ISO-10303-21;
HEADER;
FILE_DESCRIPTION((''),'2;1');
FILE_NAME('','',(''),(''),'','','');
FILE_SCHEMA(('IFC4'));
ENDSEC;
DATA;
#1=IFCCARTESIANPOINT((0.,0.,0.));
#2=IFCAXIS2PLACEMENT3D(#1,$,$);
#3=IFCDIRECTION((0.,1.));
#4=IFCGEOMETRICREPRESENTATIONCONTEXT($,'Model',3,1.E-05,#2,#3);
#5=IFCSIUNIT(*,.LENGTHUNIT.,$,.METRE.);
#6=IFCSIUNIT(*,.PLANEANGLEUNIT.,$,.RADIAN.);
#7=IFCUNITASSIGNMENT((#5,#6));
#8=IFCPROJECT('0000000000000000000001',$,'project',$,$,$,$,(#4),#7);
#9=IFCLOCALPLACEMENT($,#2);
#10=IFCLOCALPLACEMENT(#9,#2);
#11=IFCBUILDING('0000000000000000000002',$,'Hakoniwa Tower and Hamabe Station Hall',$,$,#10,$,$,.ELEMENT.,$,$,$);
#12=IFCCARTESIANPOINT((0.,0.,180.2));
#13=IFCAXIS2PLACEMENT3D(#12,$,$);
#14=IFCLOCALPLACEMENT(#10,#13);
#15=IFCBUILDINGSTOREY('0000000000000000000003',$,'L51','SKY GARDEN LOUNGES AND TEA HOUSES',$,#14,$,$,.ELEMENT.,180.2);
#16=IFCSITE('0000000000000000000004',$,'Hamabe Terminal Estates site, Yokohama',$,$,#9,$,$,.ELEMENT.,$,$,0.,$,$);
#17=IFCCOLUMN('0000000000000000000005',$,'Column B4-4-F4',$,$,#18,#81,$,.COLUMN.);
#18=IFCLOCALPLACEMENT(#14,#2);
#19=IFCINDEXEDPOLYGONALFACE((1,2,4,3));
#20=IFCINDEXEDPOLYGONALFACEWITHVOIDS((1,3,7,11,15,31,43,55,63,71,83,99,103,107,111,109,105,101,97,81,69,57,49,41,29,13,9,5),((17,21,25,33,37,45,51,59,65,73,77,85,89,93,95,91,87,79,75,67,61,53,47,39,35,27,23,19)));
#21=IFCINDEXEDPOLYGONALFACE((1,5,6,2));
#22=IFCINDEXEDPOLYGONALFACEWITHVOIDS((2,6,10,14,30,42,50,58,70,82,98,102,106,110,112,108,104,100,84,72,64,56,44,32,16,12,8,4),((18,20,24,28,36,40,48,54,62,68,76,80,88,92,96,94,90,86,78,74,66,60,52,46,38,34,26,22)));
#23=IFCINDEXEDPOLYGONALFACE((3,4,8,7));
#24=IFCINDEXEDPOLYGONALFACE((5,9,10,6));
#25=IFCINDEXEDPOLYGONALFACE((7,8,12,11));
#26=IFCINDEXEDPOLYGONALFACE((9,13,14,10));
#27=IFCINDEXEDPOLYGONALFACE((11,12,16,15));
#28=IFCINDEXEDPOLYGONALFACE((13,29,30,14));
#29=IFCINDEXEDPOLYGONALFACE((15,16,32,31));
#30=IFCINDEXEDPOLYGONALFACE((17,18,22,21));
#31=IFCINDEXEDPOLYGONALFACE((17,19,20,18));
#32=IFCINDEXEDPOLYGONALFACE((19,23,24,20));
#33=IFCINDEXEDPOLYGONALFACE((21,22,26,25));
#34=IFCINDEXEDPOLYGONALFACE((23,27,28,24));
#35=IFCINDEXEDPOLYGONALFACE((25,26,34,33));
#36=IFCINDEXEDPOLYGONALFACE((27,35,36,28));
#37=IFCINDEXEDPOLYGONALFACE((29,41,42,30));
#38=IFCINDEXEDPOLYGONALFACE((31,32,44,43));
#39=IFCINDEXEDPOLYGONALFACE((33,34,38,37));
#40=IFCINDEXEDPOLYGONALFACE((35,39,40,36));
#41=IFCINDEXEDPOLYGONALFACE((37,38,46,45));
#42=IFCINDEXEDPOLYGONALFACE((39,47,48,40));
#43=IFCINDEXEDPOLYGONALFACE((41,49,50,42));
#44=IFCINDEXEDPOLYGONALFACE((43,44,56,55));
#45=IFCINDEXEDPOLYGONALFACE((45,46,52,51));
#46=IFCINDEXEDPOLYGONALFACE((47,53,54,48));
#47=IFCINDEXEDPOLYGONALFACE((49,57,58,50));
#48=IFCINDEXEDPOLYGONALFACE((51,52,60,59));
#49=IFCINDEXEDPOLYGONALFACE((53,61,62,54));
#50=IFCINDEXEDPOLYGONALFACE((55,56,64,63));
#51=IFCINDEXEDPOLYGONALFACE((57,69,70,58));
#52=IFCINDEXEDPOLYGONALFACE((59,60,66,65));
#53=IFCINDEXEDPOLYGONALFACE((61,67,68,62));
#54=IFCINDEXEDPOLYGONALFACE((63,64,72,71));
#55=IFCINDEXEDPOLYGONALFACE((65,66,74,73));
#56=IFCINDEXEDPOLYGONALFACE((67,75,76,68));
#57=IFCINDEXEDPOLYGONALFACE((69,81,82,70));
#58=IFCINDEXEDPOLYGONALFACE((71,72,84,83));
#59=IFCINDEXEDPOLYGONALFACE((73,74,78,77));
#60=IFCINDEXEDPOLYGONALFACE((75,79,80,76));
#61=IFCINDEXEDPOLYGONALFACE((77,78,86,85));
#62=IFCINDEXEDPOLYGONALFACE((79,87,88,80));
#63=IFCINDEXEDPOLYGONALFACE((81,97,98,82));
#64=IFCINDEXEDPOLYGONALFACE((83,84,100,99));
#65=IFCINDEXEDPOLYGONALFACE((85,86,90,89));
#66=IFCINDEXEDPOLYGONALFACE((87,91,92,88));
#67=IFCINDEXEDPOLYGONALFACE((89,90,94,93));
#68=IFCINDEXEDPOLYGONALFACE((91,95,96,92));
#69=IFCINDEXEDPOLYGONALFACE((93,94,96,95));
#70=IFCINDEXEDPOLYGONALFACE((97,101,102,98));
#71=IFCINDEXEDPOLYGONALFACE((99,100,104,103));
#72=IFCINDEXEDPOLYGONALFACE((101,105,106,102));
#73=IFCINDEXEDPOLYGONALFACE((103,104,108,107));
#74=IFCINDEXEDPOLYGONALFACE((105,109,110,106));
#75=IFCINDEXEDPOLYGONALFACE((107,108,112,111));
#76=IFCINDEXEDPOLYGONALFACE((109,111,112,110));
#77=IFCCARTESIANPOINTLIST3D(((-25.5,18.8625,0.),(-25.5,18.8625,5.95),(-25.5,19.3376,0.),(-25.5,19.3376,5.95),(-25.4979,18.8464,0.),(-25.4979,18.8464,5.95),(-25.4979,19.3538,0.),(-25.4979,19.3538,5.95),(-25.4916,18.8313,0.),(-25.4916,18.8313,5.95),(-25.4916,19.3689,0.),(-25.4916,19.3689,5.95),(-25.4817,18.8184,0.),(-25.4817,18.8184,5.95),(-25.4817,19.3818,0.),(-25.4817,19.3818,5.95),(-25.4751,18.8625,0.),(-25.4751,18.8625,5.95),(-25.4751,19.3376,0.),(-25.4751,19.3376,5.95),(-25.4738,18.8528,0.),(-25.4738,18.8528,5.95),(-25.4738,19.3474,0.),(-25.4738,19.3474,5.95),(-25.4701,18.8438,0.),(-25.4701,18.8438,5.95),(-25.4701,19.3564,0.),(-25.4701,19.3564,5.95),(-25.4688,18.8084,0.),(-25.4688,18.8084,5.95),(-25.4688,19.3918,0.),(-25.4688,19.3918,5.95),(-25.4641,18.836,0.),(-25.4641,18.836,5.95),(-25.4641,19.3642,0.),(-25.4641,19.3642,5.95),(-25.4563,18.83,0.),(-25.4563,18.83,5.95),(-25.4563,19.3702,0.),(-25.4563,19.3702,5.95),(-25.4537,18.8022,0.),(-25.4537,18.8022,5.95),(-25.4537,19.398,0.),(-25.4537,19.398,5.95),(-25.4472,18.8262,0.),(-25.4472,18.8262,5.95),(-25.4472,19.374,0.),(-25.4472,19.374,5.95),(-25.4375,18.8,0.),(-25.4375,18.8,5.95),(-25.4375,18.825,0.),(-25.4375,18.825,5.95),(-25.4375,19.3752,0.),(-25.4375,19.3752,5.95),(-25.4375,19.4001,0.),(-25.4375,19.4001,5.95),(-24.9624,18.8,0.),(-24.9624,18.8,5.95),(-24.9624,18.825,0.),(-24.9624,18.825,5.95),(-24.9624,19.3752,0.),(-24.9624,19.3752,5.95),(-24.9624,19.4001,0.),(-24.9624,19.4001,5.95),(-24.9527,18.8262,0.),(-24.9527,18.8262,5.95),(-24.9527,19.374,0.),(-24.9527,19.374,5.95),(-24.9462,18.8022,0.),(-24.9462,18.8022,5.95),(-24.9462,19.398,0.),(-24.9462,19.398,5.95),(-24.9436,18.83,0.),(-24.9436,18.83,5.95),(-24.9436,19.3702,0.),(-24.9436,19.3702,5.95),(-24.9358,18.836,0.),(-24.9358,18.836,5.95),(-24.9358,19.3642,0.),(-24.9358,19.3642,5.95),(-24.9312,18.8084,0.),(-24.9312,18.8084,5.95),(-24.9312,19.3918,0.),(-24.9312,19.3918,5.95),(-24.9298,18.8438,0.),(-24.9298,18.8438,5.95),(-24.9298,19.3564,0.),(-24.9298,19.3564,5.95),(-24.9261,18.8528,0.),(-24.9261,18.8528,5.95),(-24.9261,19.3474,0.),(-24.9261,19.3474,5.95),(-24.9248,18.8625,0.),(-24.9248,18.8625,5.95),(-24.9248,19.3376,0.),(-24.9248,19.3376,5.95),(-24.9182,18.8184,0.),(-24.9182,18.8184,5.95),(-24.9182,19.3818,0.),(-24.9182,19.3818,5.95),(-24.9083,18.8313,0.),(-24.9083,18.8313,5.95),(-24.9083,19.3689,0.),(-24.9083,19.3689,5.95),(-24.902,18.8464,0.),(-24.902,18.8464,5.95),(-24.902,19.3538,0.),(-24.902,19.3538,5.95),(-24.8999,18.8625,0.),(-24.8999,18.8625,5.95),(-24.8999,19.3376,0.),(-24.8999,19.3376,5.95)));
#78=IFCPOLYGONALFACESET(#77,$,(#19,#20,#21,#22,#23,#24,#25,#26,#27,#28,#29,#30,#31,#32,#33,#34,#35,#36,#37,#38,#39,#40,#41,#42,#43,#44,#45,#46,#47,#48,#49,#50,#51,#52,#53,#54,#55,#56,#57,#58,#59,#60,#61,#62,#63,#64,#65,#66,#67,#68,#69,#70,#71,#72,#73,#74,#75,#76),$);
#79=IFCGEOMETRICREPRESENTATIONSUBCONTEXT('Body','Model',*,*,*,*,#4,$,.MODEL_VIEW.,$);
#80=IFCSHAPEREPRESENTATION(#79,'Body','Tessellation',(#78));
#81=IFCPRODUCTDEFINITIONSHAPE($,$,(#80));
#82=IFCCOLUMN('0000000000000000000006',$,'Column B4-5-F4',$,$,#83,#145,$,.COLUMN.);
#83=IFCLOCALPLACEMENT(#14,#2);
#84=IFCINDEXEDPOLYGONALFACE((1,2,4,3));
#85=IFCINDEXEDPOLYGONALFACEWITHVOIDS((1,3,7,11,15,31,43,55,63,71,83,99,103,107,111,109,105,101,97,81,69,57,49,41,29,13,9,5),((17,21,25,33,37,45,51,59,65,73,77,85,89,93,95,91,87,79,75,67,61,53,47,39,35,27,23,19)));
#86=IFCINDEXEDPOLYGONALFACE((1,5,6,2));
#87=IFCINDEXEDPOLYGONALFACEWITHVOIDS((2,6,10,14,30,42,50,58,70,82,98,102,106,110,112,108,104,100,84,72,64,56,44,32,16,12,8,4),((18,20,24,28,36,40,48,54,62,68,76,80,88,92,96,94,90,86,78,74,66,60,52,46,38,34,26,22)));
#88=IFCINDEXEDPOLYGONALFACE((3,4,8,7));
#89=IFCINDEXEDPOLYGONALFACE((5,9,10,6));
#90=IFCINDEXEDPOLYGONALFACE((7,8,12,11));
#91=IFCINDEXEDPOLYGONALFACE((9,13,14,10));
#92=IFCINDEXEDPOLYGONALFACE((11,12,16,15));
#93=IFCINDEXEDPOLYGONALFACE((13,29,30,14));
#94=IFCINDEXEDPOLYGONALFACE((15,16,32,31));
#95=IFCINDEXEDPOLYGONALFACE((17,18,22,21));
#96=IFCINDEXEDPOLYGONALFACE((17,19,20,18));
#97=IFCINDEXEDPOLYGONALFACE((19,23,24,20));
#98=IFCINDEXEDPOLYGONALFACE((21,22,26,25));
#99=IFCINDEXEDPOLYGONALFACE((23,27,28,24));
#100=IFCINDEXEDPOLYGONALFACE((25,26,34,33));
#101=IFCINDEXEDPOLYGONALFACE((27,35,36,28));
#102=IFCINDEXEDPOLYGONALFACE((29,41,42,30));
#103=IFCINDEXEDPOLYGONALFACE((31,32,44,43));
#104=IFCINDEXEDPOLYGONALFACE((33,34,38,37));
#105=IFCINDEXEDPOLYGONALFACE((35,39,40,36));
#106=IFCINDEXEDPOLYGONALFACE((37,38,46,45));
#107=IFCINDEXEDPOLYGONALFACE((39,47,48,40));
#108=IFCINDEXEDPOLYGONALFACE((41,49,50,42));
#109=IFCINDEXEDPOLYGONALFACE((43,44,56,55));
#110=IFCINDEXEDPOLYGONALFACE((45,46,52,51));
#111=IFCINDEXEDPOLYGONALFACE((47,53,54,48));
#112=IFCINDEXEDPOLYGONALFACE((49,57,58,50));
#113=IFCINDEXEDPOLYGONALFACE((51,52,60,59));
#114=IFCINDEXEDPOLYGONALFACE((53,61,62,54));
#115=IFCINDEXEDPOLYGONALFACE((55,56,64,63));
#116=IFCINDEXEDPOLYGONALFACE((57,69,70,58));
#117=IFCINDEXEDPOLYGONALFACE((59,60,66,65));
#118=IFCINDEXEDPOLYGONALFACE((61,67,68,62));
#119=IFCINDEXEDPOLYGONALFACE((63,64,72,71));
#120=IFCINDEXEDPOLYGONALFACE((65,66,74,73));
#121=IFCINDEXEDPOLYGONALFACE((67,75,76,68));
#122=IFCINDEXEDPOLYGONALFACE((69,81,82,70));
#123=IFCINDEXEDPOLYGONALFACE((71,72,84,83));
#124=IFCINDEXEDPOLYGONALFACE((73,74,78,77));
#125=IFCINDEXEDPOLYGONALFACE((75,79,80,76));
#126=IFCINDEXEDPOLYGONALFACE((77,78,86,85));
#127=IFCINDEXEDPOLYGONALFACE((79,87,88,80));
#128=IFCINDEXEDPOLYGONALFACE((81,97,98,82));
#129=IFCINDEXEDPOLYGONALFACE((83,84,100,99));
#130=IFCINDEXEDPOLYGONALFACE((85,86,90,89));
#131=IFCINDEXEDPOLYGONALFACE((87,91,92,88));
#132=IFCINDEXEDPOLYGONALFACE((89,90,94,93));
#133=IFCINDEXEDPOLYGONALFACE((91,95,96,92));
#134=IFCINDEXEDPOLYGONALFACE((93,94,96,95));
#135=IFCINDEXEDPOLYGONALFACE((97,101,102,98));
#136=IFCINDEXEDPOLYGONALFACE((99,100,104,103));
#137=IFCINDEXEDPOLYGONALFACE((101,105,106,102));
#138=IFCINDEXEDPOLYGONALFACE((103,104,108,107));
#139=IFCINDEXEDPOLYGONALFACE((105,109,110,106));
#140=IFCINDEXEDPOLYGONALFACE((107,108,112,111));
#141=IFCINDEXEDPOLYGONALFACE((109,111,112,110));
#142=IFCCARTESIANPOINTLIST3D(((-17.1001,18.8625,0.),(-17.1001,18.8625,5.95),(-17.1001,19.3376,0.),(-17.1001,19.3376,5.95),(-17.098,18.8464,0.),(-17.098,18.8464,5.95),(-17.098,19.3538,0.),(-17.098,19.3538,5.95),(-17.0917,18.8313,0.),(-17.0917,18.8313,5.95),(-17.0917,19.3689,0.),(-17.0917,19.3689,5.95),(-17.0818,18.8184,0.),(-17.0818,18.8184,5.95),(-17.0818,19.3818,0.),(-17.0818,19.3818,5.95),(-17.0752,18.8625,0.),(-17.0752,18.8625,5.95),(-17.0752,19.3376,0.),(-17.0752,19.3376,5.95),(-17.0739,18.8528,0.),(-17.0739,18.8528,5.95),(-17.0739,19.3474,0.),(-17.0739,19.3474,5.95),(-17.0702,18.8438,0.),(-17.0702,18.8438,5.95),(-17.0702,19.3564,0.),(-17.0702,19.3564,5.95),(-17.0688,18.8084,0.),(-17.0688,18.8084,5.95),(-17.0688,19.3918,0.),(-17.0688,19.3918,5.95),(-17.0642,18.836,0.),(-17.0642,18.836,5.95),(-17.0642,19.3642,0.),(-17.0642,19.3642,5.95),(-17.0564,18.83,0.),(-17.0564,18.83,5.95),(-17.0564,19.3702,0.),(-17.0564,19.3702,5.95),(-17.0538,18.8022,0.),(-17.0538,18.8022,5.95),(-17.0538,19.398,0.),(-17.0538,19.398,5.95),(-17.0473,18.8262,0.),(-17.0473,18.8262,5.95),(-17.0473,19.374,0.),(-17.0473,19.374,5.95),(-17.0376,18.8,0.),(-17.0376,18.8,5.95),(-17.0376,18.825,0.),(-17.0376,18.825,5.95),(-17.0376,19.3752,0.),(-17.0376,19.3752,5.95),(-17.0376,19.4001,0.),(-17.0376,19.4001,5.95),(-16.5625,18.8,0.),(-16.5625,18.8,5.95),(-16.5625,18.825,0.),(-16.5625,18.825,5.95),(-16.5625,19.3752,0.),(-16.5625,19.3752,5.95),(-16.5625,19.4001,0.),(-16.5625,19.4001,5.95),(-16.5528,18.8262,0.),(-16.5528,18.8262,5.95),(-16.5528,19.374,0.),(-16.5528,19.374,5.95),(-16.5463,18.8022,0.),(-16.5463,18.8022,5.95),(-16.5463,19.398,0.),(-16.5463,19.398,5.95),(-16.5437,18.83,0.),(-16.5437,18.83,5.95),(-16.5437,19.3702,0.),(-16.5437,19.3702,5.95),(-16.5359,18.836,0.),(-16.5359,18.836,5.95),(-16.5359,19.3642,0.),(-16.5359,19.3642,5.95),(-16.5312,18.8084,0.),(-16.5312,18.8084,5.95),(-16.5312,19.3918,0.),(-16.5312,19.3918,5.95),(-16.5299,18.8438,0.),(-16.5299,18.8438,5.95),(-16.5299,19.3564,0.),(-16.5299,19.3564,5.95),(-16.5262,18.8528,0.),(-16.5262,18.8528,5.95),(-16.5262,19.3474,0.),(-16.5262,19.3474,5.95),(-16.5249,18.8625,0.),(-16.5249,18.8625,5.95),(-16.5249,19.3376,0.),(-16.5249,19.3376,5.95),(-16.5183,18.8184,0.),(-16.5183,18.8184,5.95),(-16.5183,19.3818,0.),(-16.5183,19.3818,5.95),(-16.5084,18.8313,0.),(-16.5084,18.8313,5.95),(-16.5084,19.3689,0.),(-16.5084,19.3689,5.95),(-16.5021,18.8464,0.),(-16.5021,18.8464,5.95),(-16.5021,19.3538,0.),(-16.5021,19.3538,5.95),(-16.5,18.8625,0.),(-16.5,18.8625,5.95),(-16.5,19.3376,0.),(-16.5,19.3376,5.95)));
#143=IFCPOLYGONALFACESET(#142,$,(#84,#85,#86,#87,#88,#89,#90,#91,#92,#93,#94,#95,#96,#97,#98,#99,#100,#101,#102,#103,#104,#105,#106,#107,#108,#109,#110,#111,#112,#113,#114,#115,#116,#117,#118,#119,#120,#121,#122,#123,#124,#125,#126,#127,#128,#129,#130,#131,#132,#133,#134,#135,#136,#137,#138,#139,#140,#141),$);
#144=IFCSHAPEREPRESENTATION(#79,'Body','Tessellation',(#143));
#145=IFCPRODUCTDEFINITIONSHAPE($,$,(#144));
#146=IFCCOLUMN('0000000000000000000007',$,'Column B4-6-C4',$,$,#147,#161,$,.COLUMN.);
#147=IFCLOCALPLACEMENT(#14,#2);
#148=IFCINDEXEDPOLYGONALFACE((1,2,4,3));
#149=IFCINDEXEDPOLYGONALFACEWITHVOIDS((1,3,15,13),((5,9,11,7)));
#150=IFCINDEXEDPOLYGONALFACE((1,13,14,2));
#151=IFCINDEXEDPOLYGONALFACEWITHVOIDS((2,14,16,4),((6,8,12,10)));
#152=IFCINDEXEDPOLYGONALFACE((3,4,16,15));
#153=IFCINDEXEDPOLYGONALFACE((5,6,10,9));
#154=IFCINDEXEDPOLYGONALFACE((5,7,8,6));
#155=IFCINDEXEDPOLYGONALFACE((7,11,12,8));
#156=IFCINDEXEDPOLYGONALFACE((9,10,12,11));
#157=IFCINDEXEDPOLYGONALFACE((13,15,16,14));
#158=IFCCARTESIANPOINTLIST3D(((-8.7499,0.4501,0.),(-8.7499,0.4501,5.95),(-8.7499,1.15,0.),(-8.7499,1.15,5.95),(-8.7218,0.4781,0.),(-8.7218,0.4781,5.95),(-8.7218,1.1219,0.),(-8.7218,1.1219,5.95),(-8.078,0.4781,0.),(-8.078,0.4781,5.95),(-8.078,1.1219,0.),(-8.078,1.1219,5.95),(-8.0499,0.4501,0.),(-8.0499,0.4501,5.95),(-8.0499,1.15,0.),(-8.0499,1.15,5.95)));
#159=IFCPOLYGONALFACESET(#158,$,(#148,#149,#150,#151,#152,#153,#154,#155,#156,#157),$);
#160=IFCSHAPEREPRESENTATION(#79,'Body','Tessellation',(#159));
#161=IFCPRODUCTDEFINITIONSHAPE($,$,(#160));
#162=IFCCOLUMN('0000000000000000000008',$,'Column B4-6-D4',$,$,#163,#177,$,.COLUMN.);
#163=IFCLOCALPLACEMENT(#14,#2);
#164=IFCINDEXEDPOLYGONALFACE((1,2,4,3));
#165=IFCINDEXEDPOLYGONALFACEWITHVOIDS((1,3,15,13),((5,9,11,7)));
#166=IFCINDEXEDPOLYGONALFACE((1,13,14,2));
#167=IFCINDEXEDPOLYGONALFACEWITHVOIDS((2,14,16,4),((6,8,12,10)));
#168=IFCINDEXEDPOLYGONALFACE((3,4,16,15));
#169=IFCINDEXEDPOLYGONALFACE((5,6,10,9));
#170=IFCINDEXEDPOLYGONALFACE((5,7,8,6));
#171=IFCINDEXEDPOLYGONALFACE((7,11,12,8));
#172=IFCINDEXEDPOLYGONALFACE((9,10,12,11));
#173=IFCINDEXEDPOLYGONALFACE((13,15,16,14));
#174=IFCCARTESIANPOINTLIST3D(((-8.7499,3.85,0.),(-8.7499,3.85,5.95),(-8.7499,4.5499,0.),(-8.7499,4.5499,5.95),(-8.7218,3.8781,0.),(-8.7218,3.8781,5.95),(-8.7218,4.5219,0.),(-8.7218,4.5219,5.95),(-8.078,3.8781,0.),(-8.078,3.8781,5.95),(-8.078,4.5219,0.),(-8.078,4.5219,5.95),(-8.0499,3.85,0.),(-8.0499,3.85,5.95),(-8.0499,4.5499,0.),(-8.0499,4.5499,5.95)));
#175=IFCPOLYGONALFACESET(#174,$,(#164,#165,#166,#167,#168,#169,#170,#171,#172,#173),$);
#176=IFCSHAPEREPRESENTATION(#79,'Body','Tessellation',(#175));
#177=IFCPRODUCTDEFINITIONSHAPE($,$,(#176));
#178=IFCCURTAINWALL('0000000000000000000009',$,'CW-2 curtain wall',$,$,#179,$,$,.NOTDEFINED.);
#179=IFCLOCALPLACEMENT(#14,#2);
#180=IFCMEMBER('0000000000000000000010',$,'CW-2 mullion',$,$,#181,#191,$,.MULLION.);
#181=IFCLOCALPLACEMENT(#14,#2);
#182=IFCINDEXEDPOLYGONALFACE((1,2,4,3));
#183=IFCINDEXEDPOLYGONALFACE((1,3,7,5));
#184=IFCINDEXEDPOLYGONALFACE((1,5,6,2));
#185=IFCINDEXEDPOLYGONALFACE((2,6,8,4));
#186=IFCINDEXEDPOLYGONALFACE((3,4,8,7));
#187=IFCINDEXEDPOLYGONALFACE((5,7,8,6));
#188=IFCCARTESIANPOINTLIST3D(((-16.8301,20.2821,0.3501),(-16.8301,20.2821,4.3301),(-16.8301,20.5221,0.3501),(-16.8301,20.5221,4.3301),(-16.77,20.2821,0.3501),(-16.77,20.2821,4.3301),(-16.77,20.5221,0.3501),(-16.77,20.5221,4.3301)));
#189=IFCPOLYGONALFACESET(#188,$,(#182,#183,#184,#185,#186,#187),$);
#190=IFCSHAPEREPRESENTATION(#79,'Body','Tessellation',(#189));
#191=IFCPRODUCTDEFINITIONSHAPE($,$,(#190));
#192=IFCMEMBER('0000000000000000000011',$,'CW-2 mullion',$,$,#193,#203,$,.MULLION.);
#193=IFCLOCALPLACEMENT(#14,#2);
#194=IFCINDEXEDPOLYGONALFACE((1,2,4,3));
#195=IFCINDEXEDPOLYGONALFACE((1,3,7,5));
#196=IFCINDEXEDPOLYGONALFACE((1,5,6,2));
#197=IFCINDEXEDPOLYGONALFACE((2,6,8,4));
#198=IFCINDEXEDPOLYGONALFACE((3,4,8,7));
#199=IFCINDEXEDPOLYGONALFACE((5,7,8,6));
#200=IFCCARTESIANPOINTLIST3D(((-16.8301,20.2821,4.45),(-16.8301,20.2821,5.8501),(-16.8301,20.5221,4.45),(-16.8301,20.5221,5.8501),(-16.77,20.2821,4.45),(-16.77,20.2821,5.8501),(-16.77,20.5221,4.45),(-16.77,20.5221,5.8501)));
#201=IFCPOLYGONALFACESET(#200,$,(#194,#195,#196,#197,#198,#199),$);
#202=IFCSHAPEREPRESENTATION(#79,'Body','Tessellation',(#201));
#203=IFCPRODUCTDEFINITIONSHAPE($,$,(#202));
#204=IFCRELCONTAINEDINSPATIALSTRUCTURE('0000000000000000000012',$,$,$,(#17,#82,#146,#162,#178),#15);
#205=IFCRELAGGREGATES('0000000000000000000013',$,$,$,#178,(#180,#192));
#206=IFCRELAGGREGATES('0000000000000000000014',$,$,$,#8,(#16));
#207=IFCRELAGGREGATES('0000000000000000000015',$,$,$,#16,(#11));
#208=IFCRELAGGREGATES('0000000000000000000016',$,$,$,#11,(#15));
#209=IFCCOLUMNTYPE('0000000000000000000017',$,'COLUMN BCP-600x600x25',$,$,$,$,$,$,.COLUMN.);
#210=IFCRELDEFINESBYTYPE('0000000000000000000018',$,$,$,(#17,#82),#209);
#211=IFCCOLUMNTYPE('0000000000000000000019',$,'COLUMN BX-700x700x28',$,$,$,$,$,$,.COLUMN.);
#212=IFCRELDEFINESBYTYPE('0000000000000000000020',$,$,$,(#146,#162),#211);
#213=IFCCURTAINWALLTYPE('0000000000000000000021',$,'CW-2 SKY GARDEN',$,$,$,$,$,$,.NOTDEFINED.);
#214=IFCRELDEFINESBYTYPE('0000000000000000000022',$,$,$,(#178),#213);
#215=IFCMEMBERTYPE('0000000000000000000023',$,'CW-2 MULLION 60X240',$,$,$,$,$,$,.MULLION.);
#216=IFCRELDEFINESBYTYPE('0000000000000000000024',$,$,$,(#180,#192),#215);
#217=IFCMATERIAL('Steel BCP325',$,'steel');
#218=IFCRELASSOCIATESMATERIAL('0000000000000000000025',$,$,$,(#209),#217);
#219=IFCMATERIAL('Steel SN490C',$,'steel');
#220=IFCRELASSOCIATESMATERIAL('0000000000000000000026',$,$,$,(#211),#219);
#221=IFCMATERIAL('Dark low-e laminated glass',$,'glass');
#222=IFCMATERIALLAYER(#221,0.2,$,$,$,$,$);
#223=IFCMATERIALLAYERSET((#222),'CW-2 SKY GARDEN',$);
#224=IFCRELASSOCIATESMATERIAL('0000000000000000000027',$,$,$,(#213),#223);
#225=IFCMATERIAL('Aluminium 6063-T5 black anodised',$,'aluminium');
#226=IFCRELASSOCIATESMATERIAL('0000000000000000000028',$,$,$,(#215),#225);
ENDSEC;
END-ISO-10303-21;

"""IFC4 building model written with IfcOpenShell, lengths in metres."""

from ifc_helpers import new_model, si_unit, direction, frame, origin, origin_2d, place, context, subcontext, project, spatial, rectangle, hollow_rectangle, extrude, material, layer, layer_set, material_profile, profile_set, type_object, element, aggregate, save


model = new_model("IFC4")

# Units and contexts
model_context = context("Model", 3, precision=1e-05, world=origin(), true_north=direction((0.0, 1.0)))
body_context = subcontext(model_context, "Body", "Model", "MODEL_VIEW")
ifc_project = project(units=[si_unit("LENGTHUNIT", "METRE"), si_unit("PLANEANGLEUNIT", "RADIAN")], contexts=[model_context])

# Site, building, storey
site_placement = place(None, origin())
site = spatial("IfcSite", under=ifc_project, at=site_placement, Name="Hamabe Terminal Estates site, Yokohama", CompositionType="ELEMENT", RefElevation=0.0)
building_placement = place(site_placement, origin())
building = spatial("IfcBuilding", under=site, at=building_placement, Name="Hakoniwa Tower and Hamabe Station Hall", CompositionType="ELEMENT")
storey_placement = place(building_placement, frame((0.0, 0.0, 180.2)))
storey = spatial("IfcBuildingStorey", under=building, at=storey_placement, Name="L51", Description="SKY GARDEN LOUNGES AND TEA HOUSES", CompositionType="ELEMENT", Elevation=180.2)

# Columns
ifc_material_1 = material(Name="Steel BCP325", Category="steel")
ifc_material_profile_1 = material_profile(ifc_material_1, hollow_rectangle(XDim=0.6001, YDim=0.6001, WallThickness=0.0249, InnerFilletRadius=0.0376, OuterFilletRadius=0.0625, at=origin_2d()), Name="BCP-600x600x25")
ifc_profile_set_1 = profile_set([ifc_material_profile_1], Name="Steel BCP325")
column_type_1 = type_object("IfcColumnType", Name="COLUMN BCP-600x600x25", PredefinedType="COLUMN", material=ifc_profile_set_1)
for number, where, z_axis, x_axis, name in (
    (1, (-25.2, 19.1001, 0.0), (0.0, 0.0, 1.0), (1.0, 0.0, 0.0), "Column B4-4-F4"),
    (2, (-16.8, 19.1001, 0.0), (0.0, 0.0, 1.0), (1.0, 0.0, 0.0), "Column B4-5-F4"),
):
    element("IfcColumn", number, at=place(storey_placement, frame(where, z_axis=z_axis, x_axis=x_axis)), inside=storey, type_object=column_type_1, Name=name, PredefinedType="COLUMN", context=body_context, shape_type="SweptSolid", body=[
        extrude(hollow_rectangle(XDim=0.6001, YDim=0.6001, WallThickness=0.0249, InnerFilletRadius=0.0376, OuterFilletRadius=0.0625, at=origin_2d()), origin(), (0.0, 0.0, 1.0), 5.95),
    ])
ifc_material_2 = material(Name="Steel SN490C", Category="steel")
ifc_material_profile_2 = material_profile(ifc_material_2, hollow_rectangle(XDim=0.7, YDim=0.7, WallThickness=0.0281, at=origin_2d()), Name="BX-700x700x28")
ifc_profile_set_2 = profile_set([ifc_material_profile_2], Name="Steel SN490C")
column_type_2 = type_object("IfcColumnType", Name="COLUMN BX-700x700x28", PredefinedType="COLUMN", material=ifc_profile_set_2)
for number, where, z_axis, x_axis, name in (
    (3, (-8.3999, 0.8, 0.0), (0.0, 0.0, 1.0), (1.0, 0.0, 0.0), "Column B4-6-C4"),
    (4, (-8.3999, 4.2, 0.0), (0.0, 0.0, 1.0), (1.0, 0.0, 0.0), "Column B4-6-D4"),
):
    element("IfcColumn", number, at=place(storey_placement, frame(where, z_axis=z_axis, x_axis=x_axis)), inside=storey, type_object=column_type_2, Name=name, PredefinedType="COLUMN", context=body_context, shape_type="SweptSolid", body=[
        extrude(hollow_rectangle(XDim=0.7, YDim=0.7, WallThickness=0.0281, at=origin_2d()), origin(), (0.0, 0.0, 1.0), 5.95),
    ])

# Curtain wall, members
ifc_material_3 = material(Name="Dark low-e laminated glass", Category="glass")
ifc_layer_1 = layer(ifc_material_3, 0.2)
ifc_layer_set_1 = layer_set([ifc_layer_1], Name="CW-2 SKY GARDEN")
curtain_wall_type = type_object("IfcCurtainWallType", Name="CW-2 SKY GARDEN", PredefinedType="NOTDEFINED", material=ifc_layer_set_1)
curtain_wall_placement = place(storey_placement, origin())
curtain_wall = element("IfcCurtainWall", 5, at=curtain_wall_placement, inside=storey, type_object=curtain_wall_type, Name="CW-2 curtain wall", PredefinedType="NOTDEFINED")
ifc_material_4 = material(Name="Aluminium 6063-T5 black anodised", Category="aluminium")
ifc_material_profile_3 = material_profile(ifc_material_4, rectangle(XDim=0.0601, YDim=0.24, at=origin_2d()), Name="CW-2 MULLION 60X240")
ifc_profile_set_3 = profile_set([ifc_material_profile_3], Name="Aluminium 6063-T5 black anodised")
member_type = type_object("IfcMemberType", Name="CW-2 MULLION 60X240", PredefinedType="MULLION", material=ifc_profile_set_3)
member_1_placement = place(storey_placement, frame((-16.8, 20.4021, 0.3501), z_axis=(0.0, 0.0, 1.0), x_axis=(-1.0, 0.0, 0.0)))
member_1 = element("IfcMember", 6, at=member_1_placement, type_object=member_type, Name="CW-2 mullion", PredefinedType="MULLION", context=body_context, shape_type="SweptSolid", body=[
    extrude(rectangle(XDim=0.0601, YDim=0.24, at=origin_2d()), origin(), (0.0, 0.0, 1.0), 3.98),
])
member_2_placement = place(storey_placement, frame((-16.8, 20.4021, 4.45), z_axis=(0.0, 0.0, 1.0), x_axis=(-1.0, 0.0, 0.0)))
member_2 = element("IfcMember", 7, at=member_2_placement, type_object=member_type, Name="CW-2 mullion", PredefinedType="MULLION", context=body_context, shape_type="SweptSolid", body=[
    extrude(rectangle(XDim=0.0601, YDim=0.24, at=origin_2d()), origin(), (0.0, 0.0, 1.0), 1.4001),
])

aggregate(curtain_wall, [member_1, member_2])

save(model, "model.ifc")
